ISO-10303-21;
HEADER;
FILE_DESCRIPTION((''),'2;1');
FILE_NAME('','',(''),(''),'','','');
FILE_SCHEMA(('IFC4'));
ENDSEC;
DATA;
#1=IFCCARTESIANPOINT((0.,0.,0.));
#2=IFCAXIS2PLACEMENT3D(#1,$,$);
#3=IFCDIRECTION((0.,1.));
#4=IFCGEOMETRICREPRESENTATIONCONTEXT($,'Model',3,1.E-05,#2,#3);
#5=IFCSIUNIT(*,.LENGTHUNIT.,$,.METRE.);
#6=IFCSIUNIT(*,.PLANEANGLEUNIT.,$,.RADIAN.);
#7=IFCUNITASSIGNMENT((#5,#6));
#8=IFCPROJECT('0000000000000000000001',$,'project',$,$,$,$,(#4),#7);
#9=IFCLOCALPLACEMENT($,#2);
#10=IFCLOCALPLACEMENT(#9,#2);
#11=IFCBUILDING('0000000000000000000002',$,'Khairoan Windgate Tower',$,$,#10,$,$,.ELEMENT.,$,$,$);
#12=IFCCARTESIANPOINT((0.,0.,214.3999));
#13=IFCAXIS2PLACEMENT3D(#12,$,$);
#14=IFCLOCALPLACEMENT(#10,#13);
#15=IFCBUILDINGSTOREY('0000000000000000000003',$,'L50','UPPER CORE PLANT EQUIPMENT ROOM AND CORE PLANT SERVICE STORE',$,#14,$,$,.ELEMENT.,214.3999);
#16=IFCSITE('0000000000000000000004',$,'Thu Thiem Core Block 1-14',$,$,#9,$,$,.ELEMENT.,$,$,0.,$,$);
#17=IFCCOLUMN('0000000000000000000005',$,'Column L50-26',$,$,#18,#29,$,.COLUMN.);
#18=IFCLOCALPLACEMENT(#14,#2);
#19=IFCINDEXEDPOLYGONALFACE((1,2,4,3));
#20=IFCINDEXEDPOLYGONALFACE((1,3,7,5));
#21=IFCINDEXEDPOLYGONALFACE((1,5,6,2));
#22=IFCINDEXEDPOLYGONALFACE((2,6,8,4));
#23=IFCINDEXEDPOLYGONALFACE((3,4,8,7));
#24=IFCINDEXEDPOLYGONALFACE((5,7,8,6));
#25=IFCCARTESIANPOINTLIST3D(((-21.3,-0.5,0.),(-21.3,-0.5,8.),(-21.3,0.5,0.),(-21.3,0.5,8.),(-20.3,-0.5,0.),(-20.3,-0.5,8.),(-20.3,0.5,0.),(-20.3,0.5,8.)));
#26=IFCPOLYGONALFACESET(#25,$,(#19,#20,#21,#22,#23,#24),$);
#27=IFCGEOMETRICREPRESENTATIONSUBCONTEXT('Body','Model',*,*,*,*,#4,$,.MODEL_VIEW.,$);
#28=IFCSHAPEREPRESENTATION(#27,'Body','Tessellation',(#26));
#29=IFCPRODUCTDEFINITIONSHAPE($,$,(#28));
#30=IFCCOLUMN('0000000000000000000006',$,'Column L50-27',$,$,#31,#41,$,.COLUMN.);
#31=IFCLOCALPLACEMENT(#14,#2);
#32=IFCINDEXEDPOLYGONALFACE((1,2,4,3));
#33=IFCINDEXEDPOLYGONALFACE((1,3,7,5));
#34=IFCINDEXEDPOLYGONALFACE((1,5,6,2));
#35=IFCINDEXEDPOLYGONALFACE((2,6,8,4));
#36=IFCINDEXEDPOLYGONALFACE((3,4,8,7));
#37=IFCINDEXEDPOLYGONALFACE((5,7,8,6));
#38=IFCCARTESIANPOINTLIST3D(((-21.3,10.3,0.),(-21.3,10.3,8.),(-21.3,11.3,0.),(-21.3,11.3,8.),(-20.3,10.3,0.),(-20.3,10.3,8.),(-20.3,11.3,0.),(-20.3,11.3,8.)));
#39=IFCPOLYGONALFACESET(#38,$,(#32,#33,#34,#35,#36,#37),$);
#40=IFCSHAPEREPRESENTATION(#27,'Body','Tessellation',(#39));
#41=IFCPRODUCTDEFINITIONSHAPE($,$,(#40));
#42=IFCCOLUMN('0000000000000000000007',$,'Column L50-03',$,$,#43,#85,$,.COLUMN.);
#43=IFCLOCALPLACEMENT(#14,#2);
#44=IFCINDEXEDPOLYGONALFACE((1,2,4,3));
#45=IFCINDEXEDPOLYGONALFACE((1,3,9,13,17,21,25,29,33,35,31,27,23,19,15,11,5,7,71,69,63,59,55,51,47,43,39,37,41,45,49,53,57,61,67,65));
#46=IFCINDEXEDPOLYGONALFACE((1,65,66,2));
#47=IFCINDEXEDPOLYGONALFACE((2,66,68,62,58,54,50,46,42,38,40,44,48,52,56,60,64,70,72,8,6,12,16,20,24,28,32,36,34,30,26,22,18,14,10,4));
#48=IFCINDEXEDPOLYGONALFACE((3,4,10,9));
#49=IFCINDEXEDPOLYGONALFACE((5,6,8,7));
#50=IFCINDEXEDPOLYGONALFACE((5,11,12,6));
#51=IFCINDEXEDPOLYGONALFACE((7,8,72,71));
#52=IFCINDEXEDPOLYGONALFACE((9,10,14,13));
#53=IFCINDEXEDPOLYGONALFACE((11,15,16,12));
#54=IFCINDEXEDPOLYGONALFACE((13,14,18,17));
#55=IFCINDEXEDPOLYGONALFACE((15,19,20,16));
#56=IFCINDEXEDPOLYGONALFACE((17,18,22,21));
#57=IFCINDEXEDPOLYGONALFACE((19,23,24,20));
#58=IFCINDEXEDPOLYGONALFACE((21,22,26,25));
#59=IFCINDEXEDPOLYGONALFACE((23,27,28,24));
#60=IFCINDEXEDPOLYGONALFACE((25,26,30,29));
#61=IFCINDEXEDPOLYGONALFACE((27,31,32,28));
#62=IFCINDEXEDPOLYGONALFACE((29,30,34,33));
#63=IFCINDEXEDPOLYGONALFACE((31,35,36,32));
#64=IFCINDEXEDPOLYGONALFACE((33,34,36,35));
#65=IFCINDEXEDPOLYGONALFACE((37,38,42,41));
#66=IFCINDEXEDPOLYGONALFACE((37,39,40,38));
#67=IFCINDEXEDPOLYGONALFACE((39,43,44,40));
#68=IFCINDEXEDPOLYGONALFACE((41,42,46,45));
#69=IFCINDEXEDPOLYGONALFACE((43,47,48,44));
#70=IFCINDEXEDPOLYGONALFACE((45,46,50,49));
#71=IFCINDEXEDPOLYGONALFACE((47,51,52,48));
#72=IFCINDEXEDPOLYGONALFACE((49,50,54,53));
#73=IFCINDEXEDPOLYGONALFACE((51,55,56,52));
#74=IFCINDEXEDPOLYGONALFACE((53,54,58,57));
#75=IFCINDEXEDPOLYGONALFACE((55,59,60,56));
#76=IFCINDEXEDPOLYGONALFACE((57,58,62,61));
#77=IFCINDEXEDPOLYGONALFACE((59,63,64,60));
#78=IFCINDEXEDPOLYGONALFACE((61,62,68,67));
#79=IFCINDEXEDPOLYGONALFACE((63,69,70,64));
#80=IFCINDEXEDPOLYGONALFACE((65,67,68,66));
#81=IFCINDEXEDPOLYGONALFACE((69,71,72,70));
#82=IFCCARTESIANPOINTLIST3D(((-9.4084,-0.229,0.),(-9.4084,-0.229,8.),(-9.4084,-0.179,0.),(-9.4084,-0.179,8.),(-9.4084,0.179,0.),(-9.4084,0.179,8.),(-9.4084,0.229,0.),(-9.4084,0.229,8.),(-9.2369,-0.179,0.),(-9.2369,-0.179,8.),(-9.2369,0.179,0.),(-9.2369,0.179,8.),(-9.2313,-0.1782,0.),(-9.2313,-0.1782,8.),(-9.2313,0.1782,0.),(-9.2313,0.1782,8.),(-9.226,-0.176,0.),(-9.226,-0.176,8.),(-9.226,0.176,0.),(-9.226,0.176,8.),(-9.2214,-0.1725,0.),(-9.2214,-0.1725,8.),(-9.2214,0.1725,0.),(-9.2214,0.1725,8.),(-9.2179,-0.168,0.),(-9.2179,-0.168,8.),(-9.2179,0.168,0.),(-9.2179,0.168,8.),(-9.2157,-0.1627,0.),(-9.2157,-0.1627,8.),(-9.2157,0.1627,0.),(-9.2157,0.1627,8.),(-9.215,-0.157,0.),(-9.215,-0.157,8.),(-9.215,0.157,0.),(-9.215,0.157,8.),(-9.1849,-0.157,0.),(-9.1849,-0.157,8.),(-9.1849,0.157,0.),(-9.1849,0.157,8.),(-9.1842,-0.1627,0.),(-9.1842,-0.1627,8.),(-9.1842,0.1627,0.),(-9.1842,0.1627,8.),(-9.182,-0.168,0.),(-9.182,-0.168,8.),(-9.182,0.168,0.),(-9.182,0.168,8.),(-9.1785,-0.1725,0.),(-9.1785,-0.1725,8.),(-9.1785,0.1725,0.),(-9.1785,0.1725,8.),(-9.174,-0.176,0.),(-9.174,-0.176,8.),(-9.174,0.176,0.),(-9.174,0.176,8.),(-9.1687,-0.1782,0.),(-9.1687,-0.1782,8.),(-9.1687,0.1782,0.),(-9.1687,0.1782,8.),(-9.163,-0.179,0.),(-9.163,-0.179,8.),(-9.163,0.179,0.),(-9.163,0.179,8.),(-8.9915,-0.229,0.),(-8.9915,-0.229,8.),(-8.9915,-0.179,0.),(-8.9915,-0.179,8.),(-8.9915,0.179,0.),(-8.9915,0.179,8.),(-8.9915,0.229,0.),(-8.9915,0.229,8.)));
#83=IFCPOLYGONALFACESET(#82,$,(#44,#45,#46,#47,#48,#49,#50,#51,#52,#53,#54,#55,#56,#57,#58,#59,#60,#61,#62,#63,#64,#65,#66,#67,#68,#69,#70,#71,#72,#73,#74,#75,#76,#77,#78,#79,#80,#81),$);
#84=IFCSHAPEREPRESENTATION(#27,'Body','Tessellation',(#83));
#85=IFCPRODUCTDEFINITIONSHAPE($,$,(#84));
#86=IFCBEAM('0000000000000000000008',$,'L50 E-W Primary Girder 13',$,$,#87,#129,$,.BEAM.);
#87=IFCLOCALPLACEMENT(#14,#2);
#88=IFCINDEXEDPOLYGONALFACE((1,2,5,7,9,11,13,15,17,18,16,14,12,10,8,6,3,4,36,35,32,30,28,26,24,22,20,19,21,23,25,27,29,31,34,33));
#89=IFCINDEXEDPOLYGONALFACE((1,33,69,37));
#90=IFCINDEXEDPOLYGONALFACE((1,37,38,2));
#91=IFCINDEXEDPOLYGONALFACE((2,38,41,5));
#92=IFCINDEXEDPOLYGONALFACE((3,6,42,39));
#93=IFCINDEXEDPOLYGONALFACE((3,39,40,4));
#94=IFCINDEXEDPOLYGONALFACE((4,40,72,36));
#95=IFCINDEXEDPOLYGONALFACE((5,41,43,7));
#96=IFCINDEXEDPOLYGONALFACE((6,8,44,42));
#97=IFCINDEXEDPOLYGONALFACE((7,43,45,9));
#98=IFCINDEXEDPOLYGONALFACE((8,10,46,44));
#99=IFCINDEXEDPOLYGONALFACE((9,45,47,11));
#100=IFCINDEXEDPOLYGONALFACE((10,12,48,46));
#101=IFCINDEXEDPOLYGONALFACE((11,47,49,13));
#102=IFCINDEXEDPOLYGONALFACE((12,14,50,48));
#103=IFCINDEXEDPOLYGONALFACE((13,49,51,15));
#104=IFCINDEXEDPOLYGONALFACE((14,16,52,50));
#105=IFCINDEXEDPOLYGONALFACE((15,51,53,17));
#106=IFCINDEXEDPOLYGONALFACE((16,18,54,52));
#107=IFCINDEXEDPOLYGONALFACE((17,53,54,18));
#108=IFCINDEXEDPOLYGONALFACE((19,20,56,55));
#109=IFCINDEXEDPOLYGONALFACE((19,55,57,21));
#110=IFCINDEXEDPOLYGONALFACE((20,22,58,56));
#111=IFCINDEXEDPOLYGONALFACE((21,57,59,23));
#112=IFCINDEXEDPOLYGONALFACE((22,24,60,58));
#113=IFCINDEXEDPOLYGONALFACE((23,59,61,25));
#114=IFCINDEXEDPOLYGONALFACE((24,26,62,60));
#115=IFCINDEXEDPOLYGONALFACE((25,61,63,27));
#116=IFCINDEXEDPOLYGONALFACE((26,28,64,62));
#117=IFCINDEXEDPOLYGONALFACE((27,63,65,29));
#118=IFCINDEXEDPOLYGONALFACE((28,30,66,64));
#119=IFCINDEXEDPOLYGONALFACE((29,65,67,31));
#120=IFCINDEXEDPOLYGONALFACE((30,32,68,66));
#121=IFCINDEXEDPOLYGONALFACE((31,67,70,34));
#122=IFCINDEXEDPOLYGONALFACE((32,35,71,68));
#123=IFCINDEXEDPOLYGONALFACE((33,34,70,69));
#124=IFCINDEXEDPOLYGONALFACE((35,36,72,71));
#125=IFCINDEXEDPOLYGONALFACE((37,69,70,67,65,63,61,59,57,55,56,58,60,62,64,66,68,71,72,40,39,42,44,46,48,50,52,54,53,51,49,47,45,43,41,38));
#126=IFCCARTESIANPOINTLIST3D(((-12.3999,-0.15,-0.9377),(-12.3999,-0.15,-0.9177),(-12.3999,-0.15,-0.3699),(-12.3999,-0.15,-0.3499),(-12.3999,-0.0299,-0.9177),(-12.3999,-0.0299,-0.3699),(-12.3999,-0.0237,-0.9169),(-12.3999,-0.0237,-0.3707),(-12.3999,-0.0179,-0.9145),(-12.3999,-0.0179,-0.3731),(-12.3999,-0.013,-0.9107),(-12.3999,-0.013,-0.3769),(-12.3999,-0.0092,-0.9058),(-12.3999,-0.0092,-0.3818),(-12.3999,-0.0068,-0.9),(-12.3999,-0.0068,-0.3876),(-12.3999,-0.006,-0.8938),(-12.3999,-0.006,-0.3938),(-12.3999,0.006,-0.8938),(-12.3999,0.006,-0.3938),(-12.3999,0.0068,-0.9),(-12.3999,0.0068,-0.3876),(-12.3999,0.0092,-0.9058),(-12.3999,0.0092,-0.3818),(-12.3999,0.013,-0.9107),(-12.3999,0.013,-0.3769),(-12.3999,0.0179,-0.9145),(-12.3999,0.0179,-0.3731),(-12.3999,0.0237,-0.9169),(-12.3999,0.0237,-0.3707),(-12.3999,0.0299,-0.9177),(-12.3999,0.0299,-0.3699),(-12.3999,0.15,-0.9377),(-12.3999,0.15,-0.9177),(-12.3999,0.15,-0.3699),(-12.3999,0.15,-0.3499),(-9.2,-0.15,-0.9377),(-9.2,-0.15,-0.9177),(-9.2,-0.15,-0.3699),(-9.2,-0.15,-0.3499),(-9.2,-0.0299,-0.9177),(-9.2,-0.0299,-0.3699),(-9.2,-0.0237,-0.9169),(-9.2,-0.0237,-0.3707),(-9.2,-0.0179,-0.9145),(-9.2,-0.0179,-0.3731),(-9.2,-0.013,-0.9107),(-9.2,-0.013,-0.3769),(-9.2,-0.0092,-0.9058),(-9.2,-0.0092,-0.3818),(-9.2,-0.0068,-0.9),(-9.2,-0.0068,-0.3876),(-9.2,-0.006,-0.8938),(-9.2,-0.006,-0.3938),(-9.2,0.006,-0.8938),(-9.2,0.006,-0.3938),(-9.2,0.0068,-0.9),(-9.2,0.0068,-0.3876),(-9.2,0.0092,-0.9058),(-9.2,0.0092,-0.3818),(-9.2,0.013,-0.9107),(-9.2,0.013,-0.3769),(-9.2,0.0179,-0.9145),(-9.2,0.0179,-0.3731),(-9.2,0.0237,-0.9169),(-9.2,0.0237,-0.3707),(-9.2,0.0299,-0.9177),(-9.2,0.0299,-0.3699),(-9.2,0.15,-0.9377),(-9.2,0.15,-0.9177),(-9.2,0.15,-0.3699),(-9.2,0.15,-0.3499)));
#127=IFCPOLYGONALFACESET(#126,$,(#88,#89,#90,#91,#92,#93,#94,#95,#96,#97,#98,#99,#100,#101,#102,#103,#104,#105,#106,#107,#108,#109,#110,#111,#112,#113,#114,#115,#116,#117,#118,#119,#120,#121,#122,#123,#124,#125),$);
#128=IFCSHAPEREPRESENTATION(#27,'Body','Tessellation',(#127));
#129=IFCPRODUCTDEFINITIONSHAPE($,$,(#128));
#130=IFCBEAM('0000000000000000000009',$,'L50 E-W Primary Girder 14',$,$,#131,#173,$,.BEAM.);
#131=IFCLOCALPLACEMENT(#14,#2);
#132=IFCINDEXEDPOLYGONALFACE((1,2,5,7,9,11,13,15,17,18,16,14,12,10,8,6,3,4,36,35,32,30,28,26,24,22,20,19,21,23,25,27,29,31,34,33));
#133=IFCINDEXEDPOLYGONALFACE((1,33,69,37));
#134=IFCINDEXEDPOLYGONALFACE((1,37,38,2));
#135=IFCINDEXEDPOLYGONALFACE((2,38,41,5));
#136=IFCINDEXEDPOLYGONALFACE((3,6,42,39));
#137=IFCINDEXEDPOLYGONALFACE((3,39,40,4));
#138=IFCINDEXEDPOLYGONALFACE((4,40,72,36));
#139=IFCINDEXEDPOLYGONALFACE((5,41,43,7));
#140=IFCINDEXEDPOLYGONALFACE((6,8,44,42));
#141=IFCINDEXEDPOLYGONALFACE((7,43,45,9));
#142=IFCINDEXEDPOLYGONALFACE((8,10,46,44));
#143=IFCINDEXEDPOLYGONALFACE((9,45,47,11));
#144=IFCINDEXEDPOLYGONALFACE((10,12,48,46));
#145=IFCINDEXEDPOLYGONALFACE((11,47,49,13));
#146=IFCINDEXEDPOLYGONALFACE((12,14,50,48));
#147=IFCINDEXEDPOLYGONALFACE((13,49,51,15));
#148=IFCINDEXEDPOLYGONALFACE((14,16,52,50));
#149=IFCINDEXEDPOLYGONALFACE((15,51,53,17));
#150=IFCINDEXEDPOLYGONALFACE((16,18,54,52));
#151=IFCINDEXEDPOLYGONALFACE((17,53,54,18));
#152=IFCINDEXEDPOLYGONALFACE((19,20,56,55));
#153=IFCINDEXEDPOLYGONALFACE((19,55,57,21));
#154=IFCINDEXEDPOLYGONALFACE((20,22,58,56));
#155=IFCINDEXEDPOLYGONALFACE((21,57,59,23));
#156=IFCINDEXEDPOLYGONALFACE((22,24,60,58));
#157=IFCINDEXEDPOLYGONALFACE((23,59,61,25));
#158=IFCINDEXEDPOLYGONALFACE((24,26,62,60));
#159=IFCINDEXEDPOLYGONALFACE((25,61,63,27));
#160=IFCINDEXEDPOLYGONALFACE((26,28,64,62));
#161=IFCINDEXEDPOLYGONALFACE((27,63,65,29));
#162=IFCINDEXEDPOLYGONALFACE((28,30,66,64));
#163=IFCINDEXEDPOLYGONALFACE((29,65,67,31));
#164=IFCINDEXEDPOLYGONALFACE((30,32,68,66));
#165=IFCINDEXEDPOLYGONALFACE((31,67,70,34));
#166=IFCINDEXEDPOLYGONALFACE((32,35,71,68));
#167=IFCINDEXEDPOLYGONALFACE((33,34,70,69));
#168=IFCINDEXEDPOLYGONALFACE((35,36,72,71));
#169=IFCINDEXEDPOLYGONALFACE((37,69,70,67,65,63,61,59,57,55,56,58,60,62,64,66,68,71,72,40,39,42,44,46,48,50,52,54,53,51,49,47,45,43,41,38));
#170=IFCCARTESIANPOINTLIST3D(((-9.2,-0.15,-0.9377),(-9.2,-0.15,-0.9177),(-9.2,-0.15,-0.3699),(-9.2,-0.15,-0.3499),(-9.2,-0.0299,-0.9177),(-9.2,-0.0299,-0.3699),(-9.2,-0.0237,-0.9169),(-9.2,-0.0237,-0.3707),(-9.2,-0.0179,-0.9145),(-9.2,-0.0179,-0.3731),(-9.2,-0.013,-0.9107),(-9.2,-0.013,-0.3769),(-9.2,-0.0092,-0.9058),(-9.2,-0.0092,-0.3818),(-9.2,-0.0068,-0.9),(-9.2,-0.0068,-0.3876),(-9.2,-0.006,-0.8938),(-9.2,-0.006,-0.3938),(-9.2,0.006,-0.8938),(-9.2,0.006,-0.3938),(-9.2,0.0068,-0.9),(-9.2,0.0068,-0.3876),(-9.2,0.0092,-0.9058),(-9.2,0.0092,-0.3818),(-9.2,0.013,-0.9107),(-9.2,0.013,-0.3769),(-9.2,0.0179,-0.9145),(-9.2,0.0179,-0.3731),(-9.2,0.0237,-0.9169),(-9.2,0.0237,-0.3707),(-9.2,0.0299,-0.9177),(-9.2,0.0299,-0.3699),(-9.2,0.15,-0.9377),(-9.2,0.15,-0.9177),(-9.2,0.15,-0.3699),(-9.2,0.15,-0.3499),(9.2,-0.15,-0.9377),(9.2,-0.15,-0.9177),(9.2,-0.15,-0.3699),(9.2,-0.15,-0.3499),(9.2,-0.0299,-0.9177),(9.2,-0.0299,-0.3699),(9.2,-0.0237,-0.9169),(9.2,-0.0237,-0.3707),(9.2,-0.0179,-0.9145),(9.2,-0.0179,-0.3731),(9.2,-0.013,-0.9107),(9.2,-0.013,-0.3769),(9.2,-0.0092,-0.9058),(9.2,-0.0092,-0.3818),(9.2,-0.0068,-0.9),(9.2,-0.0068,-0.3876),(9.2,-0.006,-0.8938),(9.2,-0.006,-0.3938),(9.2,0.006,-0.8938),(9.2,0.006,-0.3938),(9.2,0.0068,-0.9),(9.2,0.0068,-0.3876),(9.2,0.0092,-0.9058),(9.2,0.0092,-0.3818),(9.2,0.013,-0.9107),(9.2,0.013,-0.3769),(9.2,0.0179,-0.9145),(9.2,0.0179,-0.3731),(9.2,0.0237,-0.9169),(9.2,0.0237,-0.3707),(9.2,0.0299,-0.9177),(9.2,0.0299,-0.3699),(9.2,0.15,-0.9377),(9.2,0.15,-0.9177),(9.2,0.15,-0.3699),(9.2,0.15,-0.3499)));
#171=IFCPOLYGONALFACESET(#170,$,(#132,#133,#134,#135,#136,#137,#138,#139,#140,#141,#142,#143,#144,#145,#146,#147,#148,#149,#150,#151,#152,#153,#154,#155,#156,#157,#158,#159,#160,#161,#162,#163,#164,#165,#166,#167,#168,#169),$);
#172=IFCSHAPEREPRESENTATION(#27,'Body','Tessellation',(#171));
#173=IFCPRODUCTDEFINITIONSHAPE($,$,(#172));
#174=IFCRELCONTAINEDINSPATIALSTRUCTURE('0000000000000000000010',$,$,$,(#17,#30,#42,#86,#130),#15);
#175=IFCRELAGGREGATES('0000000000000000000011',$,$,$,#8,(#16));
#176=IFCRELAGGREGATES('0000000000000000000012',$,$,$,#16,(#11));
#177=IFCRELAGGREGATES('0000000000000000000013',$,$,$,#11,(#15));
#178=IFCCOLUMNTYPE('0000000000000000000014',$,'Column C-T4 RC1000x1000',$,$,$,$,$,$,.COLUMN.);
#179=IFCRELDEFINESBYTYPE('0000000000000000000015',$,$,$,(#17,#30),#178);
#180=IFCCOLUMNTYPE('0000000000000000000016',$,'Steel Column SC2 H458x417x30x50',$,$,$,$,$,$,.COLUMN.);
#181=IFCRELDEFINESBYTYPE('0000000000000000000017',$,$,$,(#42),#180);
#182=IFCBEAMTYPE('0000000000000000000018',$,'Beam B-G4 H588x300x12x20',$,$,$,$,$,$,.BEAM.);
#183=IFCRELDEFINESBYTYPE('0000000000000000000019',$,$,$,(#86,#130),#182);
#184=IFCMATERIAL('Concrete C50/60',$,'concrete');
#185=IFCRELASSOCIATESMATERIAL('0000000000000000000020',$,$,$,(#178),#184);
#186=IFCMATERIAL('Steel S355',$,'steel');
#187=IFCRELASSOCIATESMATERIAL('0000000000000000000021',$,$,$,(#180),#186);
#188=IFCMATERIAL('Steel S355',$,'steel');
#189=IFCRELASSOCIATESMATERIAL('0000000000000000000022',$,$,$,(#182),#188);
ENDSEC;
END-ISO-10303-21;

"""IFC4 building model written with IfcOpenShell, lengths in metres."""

from ifc_helpers import new_model, si_unit, direction, frame, origin, origin_2d, place, context, subcontext, project, spatial, rectangle, i_section, extrude, material, material_profile, profile_set, type_object, element, save


model = new_model("IFC4")

# Units and contexts
model_context = context("Model", 3, precision=1e-05, world=origin(), true_north=direction((0.0, 1.0)))
body_context = subcontext(model_context, "Body", "Model", "MODEL_VIEW")
ifc_project = project(units=[si_unit("LENGTHUNIT", "METRE"), si_unit("PLANEANGLEUNIT", "RADIAN")], contexts=[model_context])

# Site, building, storey
site_placement = place(None, origin())
site = spatial("IfcSite", under=ifc_project, at=site_placement, Name="Thu Thiem Core Block 1-14", CompositionType="ELEMENT", RefElevation=0.0)
building_placement = place(site_placement, origin())
building = spatial("IfcBuilding", under=site, at=building_placement, Name="Khairoan Windgate Tower", CompositionType="ELEMENT")
storey_placement = place(building_placement, frame((0.0, 0.0, 214.3999)))
storey = spatial("IfcBuildingStorey", under=building, at=storey_placement, Name="L50", Description="UPPER CORE PLANT EQUIPMENT ROOM AND CORE PLANT SERVICE STORE", CompositionType="ELEMENT", Elevation=214.3999)

# Columns
ifc_material_1 = material(Name="Concrete C50/60", Category="concrete")
ifc_material_profile_1 = material_profile(ifc_material_1, rectangle(XDim=1.0, YDim=1.0, at=origin_2d()))
ifc_profile_set_1 = profile_set([ifc_material_profile_1], Name="Concrete C50/60")
column_type_1 = type_object("IfcColumnType", Name="Column C-T4 RC1000x1000", PredefinedType="COLUMN", material=ifc_profile_set_1)
for number, where, z_axis, x_axis, name in (
    (1, (-20.8, 0.0, 0.0), (0.0, 0.0, 1.0), (1.0, 0.0, 0.0), "Column L50-26"),
    (2, (-20.8, 10.8, 0.0), (0.0, 0.0, 1.0), (1.0, 0.0, 0.0), "Column L50-27"),
):
    element("IfcColumn", number, at=place(storey_placement, frame(where, z_axis=z_axis, x_axis=x_axis)), inside=storey, type_object=column_type_1, Name=name, PredefinedType="COLUMN", context=body_context, shape_type="SweptSolid", body=[
        extrude(rectangle(XDim=1.0, YDim=1.0, at=origin_2d()), origin(), (0.0, 0.0, 1.0), 8.0),
    ])
ifc_material_2 = material(Name="Steel S355", Category="steel")
ifc_material_profile_2 = material_profile(ifc_material_2, i_section(OverallWidth=0.417, OverallDepth=0.458, WebThickness=0.03, FlangeThickness=0.05, FilletRadius=0.022, at=origin_2d()))
ifc_profile_set_2 = profile_set([ifc_material_profile_2], Name="Steel S355")
column_type_2 = type_object("IfcColumnType", Name="Steel Column SC2 H458x417x30x50", PredefinedType="COLUMN", material=ifc_profile_set_2)
column_placement = place(storey_placement, frame((-9.2, 0.0, 0.0), z_axis=(0.0, 0.0, 1.0), x_axis=(1.0, 0.0, 0.0)))
element("IfcColumn", 3, at=column_placement, inside=storey, type_object=column_type_2, Name="Column L50-03", PredefinedType="COLUMN", context=body_context, shape_type="SweptSolid", body=[
    extrude(i_section(OverallWidth=0.417, OverallDepth=0.458, WebThickness=0.03, FlangeThickness=0.05, FilletRadius=0.022, at=origin_2d()), origin(), (0.0, 0.0, 1.0), 8.0),
])

# Beams
ifc_material_3 = material(Name="Steel S355", Category="steel")
ifc_material_profile_3 = material_profile(ifc_material_3, i_section(OverallWidth=0.3, OverallDepth=0.5879, WebThickness=0.012, FlangeThickness=0.02, FilletRadius=0.0239, at=origin_2d()))
ifc_profile_set_3 = profile_set([ifc_material_profile_3], Name="Steel S355")
beam_type_1 = type_object("IfcBeamType", Name="Beam B-G4 H588x300x12x20", PredefinedType="BEAM", material=ifc_profile_set_3)
beam_1_placement = place(storey_placement, frame((-12.3999, 0.0, -0.6438), z_axis=(1.0, 0.0, 0.0), x_axis=(0.0, 1.0, 0.0)))
element("IfcBeam", 4, at=beam_1_placement, inside=storey, type_object=beam_type_1, Name="L50 E-W Primary Girder 13", PredefinedType="BEAM", context=body_context, shape_type="SweptSolid", body=[
    extrude(i_section(OverallWidth=0.3, OverallDepth=0.5879, WebThickness=0.012, FlangeThickness=0.02, FilletRadius=0.0239, at=origin_2d()), origin(), (0.0, 0.0, 1.0), 3.2),
])
beam_2_placement = place(storey_placement, frame((-9.2, 0.0, -0.6438), z_axis=(1.0, 0.0, 0.0), x_axis=(0.0, 1.0, 0.0)))
element("IfcBeam", 5, at=beam_2_placement, inside=storey, type_object=beam_type_1, Name="L50 E-W Primary Girder 14", PredefinedType="BEAM", context=body_context, shape_type="SweptSolid", body=[
    extrude(i_section(OverallWidth=0.3, OverallDepth=0.5879, WebThickness=0.012, FlangeThickness=0.02, FilletRadius=0.0239, at=origin_2d()), origin(), (0.0, 0.0, 1.0), 18.3999),
])

save(model, "model.ifc")
